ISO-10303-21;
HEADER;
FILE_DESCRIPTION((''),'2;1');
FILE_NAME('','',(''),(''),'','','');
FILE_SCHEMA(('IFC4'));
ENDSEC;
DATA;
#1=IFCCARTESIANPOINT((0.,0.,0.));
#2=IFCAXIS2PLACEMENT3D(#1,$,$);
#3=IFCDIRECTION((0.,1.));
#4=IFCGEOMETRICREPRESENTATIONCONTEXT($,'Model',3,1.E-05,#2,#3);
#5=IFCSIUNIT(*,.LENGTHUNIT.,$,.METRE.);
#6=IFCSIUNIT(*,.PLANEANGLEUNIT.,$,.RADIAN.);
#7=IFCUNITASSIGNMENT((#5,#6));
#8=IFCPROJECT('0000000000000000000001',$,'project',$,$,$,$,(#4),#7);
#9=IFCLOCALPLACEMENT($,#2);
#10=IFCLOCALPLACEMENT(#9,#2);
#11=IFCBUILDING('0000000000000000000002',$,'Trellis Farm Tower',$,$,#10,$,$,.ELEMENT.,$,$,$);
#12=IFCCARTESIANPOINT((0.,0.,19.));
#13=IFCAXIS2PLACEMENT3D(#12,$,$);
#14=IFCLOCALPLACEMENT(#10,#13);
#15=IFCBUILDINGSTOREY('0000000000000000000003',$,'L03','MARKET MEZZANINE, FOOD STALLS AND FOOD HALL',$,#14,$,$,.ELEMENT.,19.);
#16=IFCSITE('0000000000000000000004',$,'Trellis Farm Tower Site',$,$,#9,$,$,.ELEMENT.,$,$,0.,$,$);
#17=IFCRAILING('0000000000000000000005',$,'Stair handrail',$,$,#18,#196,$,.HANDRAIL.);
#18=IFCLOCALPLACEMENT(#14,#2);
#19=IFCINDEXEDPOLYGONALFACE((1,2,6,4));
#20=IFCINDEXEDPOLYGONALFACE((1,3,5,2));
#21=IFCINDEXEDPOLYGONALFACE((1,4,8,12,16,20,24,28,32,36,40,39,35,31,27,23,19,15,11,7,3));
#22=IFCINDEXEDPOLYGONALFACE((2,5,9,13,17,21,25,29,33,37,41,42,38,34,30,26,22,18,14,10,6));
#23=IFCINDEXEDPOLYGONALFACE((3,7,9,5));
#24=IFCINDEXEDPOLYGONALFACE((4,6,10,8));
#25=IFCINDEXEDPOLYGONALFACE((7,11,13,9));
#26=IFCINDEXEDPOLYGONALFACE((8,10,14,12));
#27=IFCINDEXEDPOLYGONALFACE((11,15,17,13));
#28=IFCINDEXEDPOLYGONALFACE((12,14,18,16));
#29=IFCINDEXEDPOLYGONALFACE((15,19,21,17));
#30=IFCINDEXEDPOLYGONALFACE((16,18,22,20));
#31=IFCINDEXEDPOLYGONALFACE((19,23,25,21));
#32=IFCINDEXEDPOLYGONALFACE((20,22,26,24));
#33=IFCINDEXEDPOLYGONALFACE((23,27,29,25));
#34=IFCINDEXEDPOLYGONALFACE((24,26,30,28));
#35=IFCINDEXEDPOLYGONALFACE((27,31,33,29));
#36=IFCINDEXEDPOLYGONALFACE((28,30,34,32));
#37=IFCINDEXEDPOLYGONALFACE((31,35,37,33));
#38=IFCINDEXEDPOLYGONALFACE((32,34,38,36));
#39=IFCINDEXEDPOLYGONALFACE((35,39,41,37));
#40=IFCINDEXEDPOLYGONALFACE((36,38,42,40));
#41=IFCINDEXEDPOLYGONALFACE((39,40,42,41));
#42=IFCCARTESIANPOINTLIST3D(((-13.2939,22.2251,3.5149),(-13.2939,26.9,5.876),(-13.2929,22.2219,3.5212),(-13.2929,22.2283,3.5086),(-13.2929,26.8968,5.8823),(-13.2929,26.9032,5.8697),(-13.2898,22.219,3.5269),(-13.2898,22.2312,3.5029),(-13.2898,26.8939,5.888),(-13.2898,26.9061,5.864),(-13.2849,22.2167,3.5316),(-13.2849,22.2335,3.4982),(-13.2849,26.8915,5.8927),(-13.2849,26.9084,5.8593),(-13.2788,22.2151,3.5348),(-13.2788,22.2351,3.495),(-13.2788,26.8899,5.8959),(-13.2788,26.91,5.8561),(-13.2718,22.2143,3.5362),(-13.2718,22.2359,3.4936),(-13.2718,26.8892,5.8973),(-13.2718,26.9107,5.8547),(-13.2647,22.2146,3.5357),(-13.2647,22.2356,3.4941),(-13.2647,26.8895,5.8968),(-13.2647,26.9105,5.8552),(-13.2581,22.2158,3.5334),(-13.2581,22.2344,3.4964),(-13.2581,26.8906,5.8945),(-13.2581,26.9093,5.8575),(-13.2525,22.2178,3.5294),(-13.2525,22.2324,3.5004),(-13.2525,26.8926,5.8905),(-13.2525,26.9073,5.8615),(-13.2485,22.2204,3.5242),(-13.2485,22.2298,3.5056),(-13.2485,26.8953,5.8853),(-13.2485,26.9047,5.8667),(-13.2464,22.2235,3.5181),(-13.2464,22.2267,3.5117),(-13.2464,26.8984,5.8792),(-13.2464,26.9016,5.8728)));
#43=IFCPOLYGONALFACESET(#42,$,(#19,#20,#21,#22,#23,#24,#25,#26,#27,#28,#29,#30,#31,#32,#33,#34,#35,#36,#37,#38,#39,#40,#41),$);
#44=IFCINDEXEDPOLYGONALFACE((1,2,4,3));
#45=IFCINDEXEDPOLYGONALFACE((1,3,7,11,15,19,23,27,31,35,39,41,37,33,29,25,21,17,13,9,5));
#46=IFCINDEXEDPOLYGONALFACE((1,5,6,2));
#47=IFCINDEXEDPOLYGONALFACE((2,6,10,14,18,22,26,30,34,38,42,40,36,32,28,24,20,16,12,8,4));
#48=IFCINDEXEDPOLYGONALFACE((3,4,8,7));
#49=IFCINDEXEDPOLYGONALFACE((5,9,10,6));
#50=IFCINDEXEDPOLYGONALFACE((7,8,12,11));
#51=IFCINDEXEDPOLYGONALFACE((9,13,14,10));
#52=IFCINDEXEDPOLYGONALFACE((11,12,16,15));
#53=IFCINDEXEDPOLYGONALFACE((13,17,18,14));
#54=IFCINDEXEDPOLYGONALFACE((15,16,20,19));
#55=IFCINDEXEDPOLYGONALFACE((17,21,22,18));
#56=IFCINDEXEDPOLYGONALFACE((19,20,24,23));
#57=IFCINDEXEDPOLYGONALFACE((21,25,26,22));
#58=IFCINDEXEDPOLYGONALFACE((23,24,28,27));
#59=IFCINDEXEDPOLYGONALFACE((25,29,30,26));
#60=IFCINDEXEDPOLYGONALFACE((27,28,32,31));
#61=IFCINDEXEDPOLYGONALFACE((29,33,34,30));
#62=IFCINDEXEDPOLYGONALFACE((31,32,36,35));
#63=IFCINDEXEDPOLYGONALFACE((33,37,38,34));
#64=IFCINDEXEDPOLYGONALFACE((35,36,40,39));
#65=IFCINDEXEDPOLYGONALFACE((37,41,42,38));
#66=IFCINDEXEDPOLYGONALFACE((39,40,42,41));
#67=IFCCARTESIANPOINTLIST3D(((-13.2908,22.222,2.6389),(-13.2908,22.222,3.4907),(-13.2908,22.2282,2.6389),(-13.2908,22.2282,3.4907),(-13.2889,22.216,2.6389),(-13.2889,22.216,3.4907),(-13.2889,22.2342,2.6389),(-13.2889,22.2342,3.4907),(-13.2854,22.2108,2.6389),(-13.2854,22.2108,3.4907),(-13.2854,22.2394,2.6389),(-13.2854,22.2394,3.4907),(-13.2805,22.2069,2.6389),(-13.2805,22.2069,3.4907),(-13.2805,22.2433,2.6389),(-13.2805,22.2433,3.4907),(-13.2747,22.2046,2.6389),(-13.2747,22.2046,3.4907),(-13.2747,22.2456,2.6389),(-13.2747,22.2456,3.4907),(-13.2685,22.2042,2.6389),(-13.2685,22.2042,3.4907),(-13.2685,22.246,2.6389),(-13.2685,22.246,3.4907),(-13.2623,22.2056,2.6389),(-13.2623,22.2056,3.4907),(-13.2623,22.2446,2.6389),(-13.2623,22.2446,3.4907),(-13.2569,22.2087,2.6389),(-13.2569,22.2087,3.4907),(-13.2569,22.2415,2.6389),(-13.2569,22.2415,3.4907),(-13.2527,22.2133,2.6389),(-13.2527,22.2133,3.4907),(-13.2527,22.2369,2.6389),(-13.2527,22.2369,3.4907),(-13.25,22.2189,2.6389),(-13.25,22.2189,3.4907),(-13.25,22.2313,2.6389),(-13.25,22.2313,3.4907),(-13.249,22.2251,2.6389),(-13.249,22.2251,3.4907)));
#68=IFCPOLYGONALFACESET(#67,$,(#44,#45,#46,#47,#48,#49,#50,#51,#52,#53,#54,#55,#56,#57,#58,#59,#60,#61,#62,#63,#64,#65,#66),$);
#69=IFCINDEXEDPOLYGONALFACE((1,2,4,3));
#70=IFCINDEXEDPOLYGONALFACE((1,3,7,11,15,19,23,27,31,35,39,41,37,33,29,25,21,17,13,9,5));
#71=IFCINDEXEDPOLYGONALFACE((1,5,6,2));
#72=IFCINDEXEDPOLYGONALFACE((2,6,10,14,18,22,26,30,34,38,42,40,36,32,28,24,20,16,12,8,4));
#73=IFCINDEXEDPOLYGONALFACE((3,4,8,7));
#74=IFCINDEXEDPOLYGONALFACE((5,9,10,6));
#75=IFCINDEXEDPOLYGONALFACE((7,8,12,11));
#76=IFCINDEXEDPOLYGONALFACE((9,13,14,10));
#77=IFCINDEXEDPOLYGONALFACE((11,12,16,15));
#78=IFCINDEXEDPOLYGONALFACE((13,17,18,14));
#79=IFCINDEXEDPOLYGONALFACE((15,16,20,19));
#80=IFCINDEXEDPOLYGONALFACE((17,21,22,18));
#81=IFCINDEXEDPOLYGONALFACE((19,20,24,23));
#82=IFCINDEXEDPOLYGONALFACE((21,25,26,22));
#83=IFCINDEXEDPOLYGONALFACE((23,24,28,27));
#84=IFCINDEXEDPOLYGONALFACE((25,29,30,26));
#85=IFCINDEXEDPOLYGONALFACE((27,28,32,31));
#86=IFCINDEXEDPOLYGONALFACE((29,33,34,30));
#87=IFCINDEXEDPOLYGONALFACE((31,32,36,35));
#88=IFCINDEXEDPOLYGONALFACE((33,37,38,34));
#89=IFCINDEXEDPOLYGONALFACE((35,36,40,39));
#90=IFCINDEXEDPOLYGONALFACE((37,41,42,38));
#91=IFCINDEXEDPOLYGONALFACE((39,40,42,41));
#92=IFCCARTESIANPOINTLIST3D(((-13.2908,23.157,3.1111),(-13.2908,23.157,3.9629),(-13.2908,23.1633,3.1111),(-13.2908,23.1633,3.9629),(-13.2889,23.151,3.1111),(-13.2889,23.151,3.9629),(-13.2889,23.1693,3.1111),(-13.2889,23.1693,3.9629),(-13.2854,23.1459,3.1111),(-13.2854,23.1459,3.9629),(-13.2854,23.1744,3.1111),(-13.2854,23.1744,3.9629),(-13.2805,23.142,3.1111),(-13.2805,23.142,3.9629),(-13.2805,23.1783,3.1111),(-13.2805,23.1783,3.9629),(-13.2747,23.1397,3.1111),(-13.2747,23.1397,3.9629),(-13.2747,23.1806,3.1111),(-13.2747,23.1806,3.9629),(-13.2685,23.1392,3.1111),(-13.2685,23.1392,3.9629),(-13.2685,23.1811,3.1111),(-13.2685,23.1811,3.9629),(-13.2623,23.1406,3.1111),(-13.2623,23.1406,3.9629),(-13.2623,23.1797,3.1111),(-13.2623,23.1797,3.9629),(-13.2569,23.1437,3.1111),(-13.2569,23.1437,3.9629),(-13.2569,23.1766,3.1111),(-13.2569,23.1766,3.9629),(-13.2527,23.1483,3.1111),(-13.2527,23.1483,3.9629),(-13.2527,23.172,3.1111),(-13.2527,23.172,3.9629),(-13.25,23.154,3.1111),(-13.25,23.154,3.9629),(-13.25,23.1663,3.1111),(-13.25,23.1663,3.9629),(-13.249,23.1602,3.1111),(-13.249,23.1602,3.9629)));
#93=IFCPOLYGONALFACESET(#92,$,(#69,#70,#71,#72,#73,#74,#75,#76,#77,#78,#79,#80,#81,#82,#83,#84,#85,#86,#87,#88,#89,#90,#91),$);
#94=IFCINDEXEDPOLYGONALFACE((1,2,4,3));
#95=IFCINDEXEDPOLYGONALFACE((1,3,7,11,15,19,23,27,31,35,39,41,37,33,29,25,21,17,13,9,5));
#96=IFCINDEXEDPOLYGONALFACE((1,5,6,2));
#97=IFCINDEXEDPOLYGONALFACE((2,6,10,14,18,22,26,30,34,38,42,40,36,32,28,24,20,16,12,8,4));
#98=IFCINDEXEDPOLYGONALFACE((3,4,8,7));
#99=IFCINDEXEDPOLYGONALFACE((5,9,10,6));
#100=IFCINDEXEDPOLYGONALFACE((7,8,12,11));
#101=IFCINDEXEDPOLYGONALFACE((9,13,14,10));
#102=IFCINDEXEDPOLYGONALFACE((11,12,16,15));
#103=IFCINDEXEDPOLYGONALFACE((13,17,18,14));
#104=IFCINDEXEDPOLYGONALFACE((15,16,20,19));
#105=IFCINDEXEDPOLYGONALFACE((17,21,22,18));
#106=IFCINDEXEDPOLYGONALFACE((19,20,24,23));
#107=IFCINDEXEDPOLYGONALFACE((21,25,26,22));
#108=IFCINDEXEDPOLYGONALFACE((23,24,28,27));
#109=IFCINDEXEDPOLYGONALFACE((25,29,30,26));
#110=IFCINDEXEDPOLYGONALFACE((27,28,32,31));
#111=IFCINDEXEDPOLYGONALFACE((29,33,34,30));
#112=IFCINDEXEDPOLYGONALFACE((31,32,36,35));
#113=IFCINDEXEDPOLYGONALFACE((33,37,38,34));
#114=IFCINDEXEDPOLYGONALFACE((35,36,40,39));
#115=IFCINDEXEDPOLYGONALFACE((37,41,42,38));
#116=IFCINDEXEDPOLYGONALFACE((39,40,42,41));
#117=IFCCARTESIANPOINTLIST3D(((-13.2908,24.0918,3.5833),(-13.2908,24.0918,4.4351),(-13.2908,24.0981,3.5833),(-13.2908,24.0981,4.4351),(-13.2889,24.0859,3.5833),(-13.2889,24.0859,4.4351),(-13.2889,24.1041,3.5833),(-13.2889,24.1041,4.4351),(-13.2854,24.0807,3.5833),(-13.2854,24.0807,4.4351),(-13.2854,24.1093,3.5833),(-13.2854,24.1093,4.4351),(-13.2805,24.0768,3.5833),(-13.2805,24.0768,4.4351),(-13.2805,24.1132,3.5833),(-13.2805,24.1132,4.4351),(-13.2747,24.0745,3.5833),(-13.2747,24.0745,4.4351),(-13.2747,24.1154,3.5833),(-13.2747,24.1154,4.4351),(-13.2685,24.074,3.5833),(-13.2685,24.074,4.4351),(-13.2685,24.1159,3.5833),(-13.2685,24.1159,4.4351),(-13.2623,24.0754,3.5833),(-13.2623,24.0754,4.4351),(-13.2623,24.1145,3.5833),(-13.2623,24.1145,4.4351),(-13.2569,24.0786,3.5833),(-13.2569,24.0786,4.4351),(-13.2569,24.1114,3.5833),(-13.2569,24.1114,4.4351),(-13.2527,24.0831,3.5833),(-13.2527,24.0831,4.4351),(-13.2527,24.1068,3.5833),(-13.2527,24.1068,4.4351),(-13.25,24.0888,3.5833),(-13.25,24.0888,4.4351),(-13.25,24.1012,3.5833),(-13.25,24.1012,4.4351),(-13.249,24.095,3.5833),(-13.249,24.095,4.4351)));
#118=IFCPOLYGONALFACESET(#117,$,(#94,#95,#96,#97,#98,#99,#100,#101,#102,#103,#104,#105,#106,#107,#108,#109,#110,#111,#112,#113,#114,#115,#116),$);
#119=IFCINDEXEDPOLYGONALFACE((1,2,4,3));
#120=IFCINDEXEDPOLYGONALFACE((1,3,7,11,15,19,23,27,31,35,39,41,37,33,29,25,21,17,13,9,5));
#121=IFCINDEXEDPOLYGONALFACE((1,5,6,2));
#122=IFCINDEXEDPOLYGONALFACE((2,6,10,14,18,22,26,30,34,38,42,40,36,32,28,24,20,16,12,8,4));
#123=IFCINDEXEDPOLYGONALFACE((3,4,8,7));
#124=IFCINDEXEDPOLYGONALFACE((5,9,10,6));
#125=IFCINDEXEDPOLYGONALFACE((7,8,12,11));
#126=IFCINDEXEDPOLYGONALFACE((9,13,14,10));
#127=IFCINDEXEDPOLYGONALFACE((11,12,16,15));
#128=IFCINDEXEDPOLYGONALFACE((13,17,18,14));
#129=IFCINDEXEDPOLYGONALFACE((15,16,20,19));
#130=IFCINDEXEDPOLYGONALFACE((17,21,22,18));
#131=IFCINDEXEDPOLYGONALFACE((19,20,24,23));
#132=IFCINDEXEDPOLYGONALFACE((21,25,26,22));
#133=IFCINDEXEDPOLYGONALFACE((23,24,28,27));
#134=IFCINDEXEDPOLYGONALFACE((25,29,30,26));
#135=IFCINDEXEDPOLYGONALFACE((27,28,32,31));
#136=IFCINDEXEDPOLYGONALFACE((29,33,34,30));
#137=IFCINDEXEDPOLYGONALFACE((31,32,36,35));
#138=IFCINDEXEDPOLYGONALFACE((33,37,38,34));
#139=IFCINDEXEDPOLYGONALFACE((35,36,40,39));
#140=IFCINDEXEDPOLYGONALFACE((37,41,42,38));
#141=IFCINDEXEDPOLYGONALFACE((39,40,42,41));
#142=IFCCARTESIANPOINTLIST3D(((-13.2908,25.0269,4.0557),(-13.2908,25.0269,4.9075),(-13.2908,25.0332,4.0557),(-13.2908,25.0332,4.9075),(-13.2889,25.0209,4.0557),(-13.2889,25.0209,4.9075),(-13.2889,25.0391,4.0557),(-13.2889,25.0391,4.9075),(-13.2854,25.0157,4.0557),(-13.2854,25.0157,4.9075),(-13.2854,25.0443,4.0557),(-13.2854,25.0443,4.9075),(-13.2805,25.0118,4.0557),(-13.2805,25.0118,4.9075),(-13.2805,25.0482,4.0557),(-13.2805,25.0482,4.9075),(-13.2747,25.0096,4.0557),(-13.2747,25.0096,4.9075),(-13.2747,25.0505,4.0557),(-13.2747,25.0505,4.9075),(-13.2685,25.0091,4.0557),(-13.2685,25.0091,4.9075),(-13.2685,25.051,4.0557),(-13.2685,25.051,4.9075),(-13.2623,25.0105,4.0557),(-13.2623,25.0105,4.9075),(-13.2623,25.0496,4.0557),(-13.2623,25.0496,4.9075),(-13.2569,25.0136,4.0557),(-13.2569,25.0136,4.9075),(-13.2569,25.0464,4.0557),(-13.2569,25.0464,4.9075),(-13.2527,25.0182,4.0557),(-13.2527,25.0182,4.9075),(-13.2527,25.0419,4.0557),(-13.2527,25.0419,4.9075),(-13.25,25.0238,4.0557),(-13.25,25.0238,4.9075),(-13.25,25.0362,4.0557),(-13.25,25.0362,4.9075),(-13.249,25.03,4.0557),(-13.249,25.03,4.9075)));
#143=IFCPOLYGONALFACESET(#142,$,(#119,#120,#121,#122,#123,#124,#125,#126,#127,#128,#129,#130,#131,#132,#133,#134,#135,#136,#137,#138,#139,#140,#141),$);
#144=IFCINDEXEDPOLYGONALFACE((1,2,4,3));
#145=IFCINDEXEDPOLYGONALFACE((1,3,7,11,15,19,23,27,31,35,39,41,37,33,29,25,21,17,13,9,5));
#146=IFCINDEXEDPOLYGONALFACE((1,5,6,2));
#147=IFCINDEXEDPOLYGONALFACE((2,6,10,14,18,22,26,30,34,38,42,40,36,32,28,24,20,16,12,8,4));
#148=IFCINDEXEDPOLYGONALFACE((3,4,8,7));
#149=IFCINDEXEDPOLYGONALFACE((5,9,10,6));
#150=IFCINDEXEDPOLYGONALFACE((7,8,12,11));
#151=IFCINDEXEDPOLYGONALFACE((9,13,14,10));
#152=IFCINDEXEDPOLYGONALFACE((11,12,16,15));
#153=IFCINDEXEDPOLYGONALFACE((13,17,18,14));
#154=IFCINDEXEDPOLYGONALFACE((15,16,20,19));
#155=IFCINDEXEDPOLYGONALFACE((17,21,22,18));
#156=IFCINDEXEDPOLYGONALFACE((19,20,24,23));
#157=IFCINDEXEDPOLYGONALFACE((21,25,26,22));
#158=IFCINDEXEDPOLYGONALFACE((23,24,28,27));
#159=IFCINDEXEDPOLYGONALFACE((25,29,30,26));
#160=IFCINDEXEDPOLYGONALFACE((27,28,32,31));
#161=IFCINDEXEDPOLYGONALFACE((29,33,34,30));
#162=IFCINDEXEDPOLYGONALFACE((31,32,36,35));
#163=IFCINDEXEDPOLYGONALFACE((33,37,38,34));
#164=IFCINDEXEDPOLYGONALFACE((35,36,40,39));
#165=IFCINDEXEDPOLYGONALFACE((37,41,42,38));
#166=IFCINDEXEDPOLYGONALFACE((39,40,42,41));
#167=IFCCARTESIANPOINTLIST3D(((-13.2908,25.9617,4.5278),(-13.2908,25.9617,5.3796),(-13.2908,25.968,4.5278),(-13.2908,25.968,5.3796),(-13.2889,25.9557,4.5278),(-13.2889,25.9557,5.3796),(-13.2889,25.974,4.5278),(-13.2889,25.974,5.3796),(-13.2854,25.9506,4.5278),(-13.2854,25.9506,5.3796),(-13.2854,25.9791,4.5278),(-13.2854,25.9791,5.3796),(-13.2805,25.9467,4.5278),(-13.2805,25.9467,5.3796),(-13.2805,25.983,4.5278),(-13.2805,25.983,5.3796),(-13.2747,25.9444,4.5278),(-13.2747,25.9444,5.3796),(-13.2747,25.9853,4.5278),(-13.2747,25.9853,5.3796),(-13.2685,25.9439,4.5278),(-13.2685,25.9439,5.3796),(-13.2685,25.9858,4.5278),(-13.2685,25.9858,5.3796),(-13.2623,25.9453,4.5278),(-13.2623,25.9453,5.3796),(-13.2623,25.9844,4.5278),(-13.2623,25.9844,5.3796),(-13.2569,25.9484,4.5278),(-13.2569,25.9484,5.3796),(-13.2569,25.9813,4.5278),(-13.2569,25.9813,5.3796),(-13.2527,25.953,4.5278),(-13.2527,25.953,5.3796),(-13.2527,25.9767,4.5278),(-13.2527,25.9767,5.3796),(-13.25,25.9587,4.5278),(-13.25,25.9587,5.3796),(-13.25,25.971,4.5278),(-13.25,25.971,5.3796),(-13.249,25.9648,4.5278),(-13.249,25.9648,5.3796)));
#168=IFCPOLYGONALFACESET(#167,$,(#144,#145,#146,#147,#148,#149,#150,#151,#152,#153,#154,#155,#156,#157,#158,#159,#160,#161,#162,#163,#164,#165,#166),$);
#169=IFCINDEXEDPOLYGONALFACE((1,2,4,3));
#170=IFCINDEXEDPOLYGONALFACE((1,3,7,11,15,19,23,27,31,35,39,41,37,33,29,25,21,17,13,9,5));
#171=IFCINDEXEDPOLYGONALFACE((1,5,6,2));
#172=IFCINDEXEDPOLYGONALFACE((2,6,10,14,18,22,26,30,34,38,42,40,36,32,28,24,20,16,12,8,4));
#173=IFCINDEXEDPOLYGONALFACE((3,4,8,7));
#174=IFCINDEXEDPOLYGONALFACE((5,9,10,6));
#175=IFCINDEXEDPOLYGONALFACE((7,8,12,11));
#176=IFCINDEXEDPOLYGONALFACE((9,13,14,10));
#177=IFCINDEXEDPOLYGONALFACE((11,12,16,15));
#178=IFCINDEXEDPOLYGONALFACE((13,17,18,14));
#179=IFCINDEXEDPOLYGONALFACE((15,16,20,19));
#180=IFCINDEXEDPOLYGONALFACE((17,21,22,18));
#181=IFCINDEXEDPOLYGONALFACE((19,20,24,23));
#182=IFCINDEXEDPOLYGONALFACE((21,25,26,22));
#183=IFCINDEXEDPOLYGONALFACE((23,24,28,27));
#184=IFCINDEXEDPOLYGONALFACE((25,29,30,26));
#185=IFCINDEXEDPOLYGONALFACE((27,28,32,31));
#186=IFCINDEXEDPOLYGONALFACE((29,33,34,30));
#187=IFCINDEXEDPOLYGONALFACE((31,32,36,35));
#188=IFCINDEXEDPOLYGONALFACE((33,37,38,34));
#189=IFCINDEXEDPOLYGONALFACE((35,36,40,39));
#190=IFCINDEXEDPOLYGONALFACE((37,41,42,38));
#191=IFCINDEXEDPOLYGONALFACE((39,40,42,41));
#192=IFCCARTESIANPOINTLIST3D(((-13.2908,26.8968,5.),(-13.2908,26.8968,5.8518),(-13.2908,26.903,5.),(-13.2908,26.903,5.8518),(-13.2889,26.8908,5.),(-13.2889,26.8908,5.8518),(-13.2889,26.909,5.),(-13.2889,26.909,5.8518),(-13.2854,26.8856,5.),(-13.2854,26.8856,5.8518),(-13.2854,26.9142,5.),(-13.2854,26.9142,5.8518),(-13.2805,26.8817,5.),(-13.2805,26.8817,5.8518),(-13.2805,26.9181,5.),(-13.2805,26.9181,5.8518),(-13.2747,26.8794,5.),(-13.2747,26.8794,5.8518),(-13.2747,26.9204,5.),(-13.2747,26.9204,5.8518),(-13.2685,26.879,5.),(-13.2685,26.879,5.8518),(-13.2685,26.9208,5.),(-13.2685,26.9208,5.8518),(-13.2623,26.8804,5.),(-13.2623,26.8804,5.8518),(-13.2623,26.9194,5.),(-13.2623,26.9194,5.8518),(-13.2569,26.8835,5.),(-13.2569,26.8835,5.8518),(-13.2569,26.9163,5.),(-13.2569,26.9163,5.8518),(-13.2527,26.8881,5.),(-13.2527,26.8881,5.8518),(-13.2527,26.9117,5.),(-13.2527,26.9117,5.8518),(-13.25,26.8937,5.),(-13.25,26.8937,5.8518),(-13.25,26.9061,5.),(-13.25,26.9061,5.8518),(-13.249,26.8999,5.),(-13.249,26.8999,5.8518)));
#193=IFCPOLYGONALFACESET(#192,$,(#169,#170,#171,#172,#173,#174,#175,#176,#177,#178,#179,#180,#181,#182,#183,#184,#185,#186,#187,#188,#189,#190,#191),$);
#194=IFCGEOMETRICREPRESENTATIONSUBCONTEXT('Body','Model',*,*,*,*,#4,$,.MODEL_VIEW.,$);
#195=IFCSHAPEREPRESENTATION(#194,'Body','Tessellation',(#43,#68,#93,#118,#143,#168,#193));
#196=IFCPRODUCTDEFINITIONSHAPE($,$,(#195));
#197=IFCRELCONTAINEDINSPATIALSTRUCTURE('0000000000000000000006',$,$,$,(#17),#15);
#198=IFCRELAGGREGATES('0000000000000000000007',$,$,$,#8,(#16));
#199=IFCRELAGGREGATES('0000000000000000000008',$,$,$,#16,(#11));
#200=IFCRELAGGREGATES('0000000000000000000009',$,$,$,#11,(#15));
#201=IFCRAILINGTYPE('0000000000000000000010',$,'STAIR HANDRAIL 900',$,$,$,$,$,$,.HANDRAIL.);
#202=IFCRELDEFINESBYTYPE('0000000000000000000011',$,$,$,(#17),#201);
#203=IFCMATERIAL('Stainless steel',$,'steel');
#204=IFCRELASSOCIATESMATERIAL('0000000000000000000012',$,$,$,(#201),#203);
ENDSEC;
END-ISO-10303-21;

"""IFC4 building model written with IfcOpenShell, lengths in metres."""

from ifc_helpers import new_model, si_unit, direction, frame, origin, origin_2d, place, context, subcontext, project, spatial, circle, extrude, source, transform, mapped, material, type_object, element, save


model = new_model("IFC4")

# Units and contexts
model_context = context("Model", 3, precision=1e-05, world=origin(), true_north=direction((0.0, 1.0)))
body_context = subcontext(model_context, "Body", "Model", "MODEL_VIEW")
ifc_project = project(units=[si_unit("LENGTHUNIT", "METRE"), si_unit("PLANEANGLEUNIT", "RADIAN")], contexts=[model_context])

# Site, building, storey
site_placement = place(None, origin())
site = spatial("IfcSite", under=ifc_project, at=site_placement, Name="Trellis Farm Tower Site", CompositionType="ELEMENT", RefElevation=0.0)
building_placement = place(site_placement, origin())
building = spatial("IfcBuilding", under=site, at=building_placement, Name="Trellis Farm Tower", CompositionType="ELEMENT")
storey_placement = place(building_placement, frame((0.0, 0.0, 19.0)))
storey = spatial("IfcBuildingStorey", under=building, at=storey_placement, Name="L03", Description="MARKET MEZZANINE, FOOD STALLS AND FOOD HALL", CompositionType="ELEMENT", Elevation=19.0)

# Railing
ifc_material_1 = material(Name="Stainless steel", Category="steel")
railing_type = type_object("IfcRailingType", Name="STAIR HANDRAIL 900", PredefinedType="HANDRAIL", material=ifc_material_1)
shared_shape_1 = source(origin(), body_context, "Body", "SweptSolid", [
    extrude(circle(Radius=0.0239, at=origin_2d()), frame((0.0, 0.0, 0.876), z_axis=(0.0, 0.892611, 0.450827), x_axis=(-1.0, 0.0, 0.0)), (0.0, 0.0, 1.0), 5.2373),
    extrude(circle(Radius=0.021, at=origin_2d()), origin(), (0.0, 0.0, 1.0), 0.8518),
    extrude(circle(Radius=0.021, at=origin_2d()), frame((0.0, 0.9351, 0.4722)), (0.0, 0.0, 1.0), 0.8518),
    extrude(circle(Radius=0.021, at=origin_2d()), frame((0.0, 1.8699, 0.9443)), (0.0, 0.0, 1.0), 0.8518),
    extrude(circle(Radius=0.021, at=origin_2d()), frame((0.0, 2.8049, 1.4167)), (0.0, 0.0, 1.0), 0.8518),
    extrude(circle(Radius=0.021, at=origin_2d()), frame((0.0, 3.7397, 1.8889)), (0.0, 0.0, 1.0), 0.8518),
    extrude(circle(Radius=0.021, at=origin_2d()), frame((0.0, 4.6748, 2.3611)), (0.0, 0.0, 1.0), 0.8518),
])
for number, where, name in (
    (1, (-13.27, 22.2251, 2.6389), "Stair handrail"),
):
    element("IfcRailing", number, at=place(storey_placement, frame(where)), inside=storey, type_object=railing_type, Name=name, PredefinedType="HANDRAIL", context=body_context, shape_type="MappedRepresentation", body=[
        mapped(shared_shape_1, transform((0.0, 0.0, 0.0))),
    ])

save(model, "model.ifc")
